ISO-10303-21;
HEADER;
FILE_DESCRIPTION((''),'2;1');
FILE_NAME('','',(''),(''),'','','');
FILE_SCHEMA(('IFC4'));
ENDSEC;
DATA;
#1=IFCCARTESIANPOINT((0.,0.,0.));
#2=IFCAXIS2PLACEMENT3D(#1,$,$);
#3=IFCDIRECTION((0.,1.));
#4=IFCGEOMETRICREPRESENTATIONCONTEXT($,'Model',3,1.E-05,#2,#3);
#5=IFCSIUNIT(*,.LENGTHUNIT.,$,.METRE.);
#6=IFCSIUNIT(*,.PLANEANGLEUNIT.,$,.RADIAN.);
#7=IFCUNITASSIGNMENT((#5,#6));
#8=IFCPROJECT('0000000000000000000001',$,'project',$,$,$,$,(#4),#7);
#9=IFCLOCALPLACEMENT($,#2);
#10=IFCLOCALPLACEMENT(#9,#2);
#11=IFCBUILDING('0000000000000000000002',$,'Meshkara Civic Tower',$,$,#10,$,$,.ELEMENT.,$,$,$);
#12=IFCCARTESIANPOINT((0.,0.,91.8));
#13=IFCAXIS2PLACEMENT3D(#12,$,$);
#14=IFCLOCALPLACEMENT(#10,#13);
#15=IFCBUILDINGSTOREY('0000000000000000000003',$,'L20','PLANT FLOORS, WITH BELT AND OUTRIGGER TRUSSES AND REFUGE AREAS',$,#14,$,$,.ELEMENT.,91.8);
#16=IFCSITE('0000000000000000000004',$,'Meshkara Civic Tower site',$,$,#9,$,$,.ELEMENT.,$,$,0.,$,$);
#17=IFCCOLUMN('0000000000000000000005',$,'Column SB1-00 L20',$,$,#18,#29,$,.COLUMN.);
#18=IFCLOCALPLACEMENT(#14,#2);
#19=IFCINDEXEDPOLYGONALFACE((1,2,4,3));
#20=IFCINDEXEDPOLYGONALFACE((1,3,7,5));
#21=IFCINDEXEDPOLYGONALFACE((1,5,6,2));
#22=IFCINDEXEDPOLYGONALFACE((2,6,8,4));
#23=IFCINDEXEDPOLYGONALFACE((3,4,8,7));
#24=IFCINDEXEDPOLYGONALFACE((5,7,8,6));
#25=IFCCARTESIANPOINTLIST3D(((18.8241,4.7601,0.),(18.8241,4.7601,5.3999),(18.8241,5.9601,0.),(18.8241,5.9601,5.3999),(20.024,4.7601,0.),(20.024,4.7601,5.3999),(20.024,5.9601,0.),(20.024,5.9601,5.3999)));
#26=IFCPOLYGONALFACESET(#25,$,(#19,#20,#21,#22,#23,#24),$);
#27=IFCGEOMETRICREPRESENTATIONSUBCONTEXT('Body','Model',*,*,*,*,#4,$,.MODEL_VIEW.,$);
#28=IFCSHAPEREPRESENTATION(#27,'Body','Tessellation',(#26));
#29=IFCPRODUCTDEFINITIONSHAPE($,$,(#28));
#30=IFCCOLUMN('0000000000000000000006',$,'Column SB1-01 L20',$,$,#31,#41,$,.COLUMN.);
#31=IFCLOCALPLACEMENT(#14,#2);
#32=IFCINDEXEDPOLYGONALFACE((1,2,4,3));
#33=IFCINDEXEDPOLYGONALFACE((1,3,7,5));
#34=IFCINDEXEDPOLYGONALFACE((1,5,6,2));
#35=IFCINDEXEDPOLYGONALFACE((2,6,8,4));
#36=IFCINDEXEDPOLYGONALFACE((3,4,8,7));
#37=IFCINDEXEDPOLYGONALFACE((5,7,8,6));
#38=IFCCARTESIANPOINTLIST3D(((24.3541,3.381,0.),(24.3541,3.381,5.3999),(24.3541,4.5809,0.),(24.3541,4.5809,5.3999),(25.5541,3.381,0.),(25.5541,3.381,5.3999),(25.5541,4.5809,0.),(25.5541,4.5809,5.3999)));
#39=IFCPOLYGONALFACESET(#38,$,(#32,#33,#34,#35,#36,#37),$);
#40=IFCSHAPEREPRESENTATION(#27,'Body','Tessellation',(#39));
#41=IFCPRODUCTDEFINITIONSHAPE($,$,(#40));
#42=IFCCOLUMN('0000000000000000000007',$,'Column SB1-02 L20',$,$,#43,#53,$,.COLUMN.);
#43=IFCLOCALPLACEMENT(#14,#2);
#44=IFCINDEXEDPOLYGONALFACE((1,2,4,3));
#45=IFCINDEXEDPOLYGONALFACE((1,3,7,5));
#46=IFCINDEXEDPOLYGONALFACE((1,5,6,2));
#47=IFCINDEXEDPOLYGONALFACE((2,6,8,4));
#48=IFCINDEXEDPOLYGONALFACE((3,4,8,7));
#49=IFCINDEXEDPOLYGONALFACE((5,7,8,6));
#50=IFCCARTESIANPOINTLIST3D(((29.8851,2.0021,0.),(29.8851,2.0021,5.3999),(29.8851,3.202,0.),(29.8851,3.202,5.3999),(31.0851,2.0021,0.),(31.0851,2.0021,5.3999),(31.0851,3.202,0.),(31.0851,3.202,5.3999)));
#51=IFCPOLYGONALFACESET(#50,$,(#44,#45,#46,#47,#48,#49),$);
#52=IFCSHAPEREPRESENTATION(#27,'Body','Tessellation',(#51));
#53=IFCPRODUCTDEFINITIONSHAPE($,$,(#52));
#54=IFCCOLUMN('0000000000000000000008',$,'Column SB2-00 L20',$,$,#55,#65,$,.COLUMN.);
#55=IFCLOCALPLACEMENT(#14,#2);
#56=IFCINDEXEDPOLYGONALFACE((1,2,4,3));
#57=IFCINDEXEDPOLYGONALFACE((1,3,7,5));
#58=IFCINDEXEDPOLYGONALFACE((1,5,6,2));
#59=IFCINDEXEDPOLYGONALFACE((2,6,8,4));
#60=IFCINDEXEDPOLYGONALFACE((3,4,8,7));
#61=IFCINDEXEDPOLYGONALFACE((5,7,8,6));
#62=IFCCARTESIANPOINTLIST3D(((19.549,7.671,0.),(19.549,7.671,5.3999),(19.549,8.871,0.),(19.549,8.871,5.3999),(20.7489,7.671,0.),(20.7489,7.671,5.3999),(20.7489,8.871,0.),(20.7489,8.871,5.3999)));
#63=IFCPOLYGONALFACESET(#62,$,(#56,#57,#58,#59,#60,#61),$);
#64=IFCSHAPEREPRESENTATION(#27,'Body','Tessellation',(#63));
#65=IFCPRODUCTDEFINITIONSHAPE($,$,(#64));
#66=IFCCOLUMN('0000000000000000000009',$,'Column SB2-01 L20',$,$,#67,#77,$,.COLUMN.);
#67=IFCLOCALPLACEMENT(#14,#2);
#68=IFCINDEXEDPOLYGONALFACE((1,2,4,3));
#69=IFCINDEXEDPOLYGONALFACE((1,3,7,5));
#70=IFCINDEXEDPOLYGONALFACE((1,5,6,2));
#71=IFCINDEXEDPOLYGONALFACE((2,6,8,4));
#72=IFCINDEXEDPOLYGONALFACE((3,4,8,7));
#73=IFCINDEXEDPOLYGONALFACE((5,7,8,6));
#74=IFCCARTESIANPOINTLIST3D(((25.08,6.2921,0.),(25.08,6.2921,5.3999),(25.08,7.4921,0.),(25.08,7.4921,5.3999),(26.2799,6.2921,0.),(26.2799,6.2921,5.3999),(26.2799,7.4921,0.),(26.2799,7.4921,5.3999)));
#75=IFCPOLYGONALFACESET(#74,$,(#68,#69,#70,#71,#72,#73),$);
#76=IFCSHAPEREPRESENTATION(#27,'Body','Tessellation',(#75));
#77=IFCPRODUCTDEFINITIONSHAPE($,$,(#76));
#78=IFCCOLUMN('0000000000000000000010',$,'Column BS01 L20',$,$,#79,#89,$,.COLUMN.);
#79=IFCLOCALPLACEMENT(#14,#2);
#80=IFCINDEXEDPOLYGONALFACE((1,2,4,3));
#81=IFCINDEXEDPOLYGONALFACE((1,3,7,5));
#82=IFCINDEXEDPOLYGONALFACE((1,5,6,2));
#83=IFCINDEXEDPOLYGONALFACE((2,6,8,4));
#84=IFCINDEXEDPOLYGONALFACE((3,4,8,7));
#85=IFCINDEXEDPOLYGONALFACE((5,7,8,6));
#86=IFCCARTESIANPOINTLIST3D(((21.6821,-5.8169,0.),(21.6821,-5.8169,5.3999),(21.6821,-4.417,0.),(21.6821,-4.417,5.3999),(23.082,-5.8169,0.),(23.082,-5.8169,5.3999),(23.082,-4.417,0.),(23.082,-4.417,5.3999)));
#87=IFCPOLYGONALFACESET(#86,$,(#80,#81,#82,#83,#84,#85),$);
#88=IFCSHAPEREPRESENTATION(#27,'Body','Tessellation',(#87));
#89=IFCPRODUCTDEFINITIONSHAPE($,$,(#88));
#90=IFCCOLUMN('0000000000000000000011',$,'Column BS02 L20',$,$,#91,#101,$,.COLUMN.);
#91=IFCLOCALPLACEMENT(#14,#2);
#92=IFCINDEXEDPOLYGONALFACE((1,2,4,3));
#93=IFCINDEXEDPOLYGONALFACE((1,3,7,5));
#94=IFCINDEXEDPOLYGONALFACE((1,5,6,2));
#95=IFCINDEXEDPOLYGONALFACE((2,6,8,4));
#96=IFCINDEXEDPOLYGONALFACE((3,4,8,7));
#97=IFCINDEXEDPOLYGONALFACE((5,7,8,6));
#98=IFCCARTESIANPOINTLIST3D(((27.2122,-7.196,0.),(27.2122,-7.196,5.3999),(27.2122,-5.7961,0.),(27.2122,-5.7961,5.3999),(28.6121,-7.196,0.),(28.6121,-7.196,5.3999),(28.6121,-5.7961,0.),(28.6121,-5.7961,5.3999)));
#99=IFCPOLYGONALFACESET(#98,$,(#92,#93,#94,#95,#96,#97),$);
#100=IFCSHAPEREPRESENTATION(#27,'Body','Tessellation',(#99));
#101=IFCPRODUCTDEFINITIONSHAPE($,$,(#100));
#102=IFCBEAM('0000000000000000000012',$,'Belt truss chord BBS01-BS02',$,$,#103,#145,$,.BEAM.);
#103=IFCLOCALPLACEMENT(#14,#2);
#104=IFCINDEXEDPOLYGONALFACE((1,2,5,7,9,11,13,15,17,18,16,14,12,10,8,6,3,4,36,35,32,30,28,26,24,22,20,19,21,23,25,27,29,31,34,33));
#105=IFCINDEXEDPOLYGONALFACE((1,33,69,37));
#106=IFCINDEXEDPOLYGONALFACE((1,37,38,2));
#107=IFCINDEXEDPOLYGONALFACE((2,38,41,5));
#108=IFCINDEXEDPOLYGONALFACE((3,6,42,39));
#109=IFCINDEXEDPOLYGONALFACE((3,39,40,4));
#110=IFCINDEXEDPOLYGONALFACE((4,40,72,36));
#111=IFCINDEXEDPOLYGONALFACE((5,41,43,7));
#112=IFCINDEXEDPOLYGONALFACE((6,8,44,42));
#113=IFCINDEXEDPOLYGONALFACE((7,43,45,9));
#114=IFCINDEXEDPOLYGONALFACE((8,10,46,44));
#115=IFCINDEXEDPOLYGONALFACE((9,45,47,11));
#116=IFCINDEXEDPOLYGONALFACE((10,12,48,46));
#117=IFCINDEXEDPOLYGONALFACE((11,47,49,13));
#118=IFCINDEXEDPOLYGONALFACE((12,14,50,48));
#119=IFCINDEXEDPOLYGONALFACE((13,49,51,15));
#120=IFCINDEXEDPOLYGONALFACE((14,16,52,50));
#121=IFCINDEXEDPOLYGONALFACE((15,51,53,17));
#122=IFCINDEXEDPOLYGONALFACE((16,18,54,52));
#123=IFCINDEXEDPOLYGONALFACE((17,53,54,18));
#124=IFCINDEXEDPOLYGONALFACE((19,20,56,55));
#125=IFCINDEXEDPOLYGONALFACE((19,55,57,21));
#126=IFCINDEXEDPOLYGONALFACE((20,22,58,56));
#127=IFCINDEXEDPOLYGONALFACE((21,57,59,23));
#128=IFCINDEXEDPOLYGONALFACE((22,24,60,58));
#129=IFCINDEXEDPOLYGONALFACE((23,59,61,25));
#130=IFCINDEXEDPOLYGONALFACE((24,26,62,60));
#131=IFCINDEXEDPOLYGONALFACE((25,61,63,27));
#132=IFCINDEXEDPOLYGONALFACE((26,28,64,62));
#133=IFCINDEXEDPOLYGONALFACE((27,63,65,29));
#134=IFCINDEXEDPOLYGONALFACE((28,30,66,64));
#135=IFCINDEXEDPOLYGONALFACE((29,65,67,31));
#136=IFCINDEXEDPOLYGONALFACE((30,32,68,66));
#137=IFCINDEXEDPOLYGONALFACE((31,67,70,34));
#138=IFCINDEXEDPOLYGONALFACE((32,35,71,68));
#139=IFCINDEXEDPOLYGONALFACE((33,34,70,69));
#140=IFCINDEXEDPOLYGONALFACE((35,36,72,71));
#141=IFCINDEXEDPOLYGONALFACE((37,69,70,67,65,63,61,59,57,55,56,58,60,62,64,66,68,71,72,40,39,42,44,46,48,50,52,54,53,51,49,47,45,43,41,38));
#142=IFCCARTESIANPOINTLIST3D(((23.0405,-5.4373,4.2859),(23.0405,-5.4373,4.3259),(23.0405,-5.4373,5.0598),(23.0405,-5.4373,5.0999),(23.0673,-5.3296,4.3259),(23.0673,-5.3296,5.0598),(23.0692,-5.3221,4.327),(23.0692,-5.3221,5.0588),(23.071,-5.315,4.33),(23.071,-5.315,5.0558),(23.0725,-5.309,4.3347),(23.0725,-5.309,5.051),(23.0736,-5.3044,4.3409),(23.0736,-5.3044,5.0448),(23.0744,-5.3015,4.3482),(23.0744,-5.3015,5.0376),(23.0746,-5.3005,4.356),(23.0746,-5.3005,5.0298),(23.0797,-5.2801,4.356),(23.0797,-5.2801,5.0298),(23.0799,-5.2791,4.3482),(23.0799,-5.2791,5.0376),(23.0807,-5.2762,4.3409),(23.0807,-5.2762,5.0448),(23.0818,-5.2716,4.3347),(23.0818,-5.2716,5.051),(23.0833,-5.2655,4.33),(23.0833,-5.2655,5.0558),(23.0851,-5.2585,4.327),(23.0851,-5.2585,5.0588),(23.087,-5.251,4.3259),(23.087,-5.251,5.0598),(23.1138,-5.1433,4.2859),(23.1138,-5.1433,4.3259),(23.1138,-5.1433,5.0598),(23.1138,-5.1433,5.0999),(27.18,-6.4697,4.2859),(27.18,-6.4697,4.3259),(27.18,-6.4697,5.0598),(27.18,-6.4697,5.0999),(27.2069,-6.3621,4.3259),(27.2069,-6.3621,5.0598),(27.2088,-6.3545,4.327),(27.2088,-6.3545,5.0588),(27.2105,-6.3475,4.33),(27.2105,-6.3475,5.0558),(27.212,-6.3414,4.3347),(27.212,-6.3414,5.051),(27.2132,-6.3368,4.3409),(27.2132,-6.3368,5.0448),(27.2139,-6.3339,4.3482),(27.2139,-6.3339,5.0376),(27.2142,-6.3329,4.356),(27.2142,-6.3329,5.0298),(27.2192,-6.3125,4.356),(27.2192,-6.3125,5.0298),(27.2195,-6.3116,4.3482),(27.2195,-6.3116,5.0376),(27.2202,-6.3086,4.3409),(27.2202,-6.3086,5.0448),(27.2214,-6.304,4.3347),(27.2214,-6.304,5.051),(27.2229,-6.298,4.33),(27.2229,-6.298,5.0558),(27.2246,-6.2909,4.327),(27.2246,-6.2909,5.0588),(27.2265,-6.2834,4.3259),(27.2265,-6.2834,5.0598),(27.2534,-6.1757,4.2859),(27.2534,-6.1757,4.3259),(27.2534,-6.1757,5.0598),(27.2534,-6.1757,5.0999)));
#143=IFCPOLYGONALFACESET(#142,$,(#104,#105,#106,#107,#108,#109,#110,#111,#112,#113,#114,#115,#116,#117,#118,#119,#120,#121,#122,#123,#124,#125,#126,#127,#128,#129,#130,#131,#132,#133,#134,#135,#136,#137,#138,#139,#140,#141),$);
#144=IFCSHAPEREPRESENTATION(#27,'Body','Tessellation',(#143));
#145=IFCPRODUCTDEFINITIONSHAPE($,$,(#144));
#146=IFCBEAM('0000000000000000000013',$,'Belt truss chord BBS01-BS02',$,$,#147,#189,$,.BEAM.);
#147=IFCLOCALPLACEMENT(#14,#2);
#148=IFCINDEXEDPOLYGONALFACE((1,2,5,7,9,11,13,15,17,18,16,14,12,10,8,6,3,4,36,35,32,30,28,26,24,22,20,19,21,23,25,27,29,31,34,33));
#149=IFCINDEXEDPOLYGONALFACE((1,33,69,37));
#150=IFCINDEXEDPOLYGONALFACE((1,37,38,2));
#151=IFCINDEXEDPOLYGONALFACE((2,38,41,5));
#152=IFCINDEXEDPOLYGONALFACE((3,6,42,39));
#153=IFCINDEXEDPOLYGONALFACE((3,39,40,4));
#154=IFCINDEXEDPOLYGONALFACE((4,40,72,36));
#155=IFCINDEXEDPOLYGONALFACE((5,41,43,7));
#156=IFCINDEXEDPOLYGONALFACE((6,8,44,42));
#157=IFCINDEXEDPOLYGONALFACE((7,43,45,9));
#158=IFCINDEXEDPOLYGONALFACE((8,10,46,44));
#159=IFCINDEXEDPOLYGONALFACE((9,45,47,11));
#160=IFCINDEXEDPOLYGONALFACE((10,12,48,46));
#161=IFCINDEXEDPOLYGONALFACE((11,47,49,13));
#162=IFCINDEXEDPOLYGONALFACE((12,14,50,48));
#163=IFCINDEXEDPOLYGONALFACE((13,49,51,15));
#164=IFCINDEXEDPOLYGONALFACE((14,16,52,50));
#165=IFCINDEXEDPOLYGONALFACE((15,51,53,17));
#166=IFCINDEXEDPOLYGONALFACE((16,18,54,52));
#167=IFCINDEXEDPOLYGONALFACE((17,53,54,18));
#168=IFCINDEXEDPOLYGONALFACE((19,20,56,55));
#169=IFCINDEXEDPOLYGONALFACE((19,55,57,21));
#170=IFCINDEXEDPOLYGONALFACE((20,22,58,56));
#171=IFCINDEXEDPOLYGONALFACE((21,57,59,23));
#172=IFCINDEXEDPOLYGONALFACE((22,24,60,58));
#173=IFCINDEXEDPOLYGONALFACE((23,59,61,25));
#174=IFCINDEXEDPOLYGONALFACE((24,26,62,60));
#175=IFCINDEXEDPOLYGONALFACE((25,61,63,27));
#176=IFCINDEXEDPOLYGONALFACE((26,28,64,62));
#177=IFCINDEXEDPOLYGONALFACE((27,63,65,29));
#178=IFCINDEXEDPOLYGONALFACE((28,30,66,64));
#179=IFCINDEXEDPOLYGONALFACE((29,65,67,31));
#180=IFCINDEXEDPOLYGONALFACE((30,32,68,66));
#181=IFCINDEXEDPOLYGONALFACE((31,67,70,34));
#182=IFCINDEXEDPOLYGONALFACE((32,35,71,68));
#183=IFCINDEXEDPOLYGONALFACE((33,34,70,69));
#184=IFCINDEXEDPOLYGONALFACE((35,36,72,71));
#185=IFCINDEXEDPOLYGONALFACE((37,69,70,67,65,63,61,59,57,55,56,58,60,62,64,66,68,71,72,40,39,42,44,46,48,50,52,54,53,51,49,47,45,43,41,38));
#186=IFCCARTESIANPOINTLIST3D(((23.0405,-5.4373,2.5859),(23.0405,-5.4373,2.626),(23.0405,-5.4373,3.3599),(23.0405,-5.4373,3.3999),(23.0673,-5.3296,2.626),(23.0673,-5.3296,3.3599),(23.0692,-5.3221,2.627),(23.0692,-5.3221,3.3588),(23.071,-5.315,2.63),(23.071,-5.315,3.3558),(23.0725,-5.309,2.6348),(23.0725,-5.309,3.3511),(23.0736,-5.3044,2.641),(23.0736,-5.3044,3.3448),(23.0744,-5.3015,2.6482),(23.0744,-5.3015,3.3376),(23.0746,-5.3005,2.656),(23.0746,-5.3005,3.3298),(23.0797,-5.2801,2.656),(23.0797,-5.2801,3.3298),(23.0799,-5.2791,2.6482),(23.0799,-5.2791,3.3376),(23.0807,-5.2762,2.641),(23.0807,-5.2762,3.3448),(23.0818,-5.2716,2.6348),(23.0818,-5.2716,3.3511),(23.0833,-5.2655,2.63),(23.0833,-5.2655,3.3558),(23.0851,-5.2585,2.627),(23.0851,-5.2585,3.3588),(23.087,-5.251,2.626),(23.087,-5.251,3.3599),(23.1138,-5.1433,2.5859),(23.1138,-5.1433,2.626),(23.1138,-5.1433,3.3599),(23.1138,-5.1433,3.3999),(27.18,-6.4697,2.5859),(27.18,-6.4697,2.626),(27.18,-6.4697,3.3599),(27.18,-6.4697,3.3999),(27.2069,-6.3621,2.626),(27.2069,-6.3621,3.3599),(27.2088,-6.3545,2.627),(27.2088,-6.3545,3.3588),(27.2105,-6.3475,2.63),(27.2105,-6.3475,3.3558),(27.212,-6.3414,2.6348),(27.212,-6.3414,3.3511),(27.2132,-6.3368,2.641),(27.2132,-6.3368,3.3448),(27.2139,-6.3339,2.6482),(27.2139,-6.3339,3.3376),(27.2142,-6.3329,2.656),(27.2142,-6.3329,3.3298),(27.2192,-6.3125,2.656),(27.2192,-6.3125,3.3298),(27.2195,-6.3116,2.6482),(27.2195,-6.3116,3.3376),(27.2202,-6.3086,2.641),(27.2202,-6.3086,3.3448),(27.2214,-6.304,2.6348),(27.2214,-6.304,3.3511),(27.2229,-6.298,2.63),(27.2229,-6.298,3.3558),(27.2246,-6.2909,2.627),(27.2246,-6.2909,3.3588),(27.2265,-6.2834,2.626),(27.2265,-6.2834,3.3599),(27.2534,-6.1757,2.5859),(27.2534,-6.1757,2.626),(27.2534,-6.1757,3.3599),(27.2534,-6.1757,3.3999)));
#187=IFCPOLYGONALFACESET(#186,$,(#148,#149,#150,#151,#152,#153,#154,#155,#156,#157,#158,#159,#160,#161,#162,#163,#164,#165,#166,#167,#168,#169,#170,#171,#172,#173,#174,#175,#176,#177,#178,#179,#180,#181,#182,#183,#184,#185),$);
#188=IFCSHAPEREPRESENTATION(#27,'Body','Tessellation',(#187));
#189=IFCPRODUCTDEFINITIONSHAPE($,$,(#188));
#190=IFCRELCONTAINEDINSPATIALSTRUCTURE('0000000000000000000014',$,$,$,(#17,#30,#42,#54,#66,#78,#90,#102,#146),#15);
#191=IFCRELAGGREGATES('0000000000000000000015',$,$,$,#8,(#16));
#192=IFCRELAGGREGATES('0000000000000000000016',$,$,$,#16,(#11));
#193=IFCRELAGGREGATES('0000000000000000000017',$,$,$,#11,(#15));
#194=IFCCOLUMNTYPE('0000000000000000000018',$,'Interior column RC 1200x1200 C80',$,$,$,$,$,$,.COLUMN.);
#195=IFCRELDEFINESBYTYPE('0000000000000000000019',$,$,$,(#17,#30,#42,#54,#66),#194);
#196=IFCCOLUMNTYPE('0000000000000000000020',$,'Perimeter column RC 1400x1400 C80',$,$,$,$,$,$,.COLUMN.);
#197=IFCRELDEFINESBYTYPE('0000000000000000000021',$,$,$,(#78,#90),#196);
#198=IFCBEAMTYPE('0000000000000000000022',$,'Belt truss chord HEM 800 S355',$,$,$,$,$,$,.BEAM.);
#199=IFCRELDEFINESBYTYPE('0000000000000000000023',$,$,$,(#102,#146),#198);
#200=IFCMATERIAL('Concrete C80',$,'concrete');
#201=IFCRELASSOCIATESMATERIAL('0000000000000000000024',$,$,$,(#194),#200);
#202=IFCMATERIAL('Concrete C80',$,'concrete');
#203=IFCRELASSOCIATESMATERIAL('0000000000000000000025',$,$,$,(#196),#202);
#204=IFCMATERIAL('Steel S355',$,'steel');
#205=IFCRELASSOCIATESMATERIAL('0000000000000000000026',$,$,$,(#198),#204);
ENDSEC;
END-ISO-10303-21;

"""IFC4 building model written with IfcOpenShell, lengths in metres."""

from ifc_helpers import new_model, si_unit, direction, frame, origin, origin_2d, place, context, subcontext, project, spatial, rectangle, i_section, extrude, material, material_profile, profile_set, type_object, element, save


model = new_model("IFC4")

# Units and contexts
model_context = context("Model", 3, precision=1e-05, world=origin(), true_north=direction((0.0, 1.0)))
body_context = subcontext(model_context, "Body", "Model", "MODEL_VIEW")
ifc_project = project(units=[si_unit("LENGTHUNIT", "METRE"), si_unit("PLANEANGLEUNIT", "RADIAN")], contexts=[model_context])

# Site, building, storey
site_placement = place(None, origin())
site = spatial("IfcSite", under=ifc_project, at=site_placement, Name="Meshkara Civic Tower site", CompositionType="ELEMENT", RefElevation=0.0)
building_placement = place(site_placement, origin())
building = spatial("IfcBuilding", under=site, at=building_placement, Name="Meshkara Civic Tower", CompositionType="ELEMENT")
storey_placement = place(building_placement, frame((0.0, 0.0, 91.8)))
storey = spatial("IfcBuildingStorey", under=building, at=storey_placement, Name="L20", Description="PLANT FLOORS, WITH BELT AND OUTRIGGER TRUSSES AND REFUGE AREAS", CompositionType="ELEMENT", Elevation=91.8)

# Columns
ifc_material_1 = material(Name="Concrete C80", Category="concrete")
ifc_material_profile_1 = material_profile(ifc_material_1, rectangle(XDim=1.2, YDim=1.2, at=origin_2d()))
ifc_profile_set_1 = profile_set([ifc_material_profile_1], Name="Concrete C80")
column_type_1 = type_object("IfcColumnType", Name="Interior column RC 1200x1200 C80", PredefinedType="COLUMN", material=ifc_profile_set_1)
for number, where, z_axis, x_axis, name in (
    (1, (19.4241, 5.3601, 0.0), (0.0, 0.0, 1.0), (1.0, 0.0, 0.0), "Column SB1-00 L20"),
    (2, (24.9541, 3.981, 0.0), (0.0, 0.0, 1.0), (1.0, 0.0, 0.0), "Column SB1-01 L20"),
    (3, (30.4851, 2.6021, 0.0), (0.0, 0.0, 1.0), (1.0, 0.0, 0.0), "Column SB1-02 L20"),
    (4, (20.1489, 8.271, 0.0), (0.0, 0.0, 1.0), (1.0, 0.0, 0.0), "Column SB2-00 L20"),
    (5, (25.6799, 6.8921, 0.0), (0.0, 0.0, 1.0), (1.0, 0.0, 0.0), "Column SB2-01 L20"),
):
    element("IfcColumn", number, at=place(storey_placement, frame(where, z_axis=z_axis, x_axis=x_axis)), inside=storey, type_object=column_type_1, Name=name, PredefinedType="COLUMN", context=body_context, shape_type="SweptSolid", body=[
        extrude(rectangle(XDim=1.2, YDim=1.2, at=origin_2d()), origin(), (0.0, 0.0, 1.0), 5.3999),
    ])
ifc_material_2 = material(Name="Concrete C80", Category="concrete")
ifc_material_profile_2 = material_profile(ifc_material_2, rectangle(XDim=1.3999, YDim=1.3999, at=origin_2d()))
ifc_profile_set_2 = profile_set([ifc_material_profile_2], Name="Concrete C80")
column_type_2 = type_object("IfcColumnType", Name="Perimeter column RC 1400x1400 C80", PredefinedType="COLUMN", material=ifc_profile_set_2)
for number, where, z_axis, x_axis, name in (
    (6, (22.3821, -5.1169, 0.0), (0.0, 0.0, 1.0), (1.0, 0.0, 0.0), "Column BS01 L20"),
    (7, (27.9121, -6.4961, 0.0), (0.0, 0.0, 1.0), (1.0, 0.0, 0.0), "Column BS02 L20"),
):
    element("IfcColumn", number, at=place(storey_placement, frame(where, z_axis=z_axis, x_axis=x_axis)), inside=storey, type_object=column_type_2, Name=name, PredefinedType="COLUMN", context=body_context, shape_type="SweptSolid", body=[
        extrude(rectangle(XDim=1.3999, YDim=1.3999, at=origin_2d()), origin(), (0.0, 0.0, 1.0), 5.3999),
    ])

# Beams
ifc_material_3 = material(Name="Steel S355", Category="steel")
ifc_material_profile_3 = material_profile(ifc_material_3, i_section(OverallWidth=0.303, OverallDepth=0.814, WebThickness=0.021, FlangeThickness=0.04, FilletRadius=0.03, at=origin_2d()))
ifc_profile_set_3 = profile_set([ifc_material_profile_3], Name="Steel S355")
beam_type_1 = type_object("IfcBeamType", Name="Belt truss chord HEM 800 S355", PredefinedType="BEAM", material=ifc_profile_set_3)
for number, where, z_axis, x_axis, name in (
    (8, (23.0771, -5.2903, 4.6929), (0.970277, -0.241997, 0.0), (0.241997, 0.970277, 0.0), "Belt truss chord BBS01-BS02"),
    (9, (23.0771, -5.2903, 2.9929), (0.970277, -0.241997, 0.0), (0.241997, 0.970277, 0.0), "Belt truss chord BBS01-BS02"),
):
    element("IfcBeam", number, at=place(storey_placement, frame(where, z_axis=z_axis, x_axis=x_axis)), inside=storey, type_object=beam_type_1, Name=name, PredefinedType="BEAM", context=body_context, shape_type="SweptSolid", body=[
        extrude(i_section(OverallWidth=0.303, OverallDepth=0.814, WebThickness=0.021, FlangeThickness=0.04, FilletRadius=0.03, at=origin_2d()), origin(), (0.0, 0.0, 1.0), 4.2664),
    ])

save(model, "model.ifc")
